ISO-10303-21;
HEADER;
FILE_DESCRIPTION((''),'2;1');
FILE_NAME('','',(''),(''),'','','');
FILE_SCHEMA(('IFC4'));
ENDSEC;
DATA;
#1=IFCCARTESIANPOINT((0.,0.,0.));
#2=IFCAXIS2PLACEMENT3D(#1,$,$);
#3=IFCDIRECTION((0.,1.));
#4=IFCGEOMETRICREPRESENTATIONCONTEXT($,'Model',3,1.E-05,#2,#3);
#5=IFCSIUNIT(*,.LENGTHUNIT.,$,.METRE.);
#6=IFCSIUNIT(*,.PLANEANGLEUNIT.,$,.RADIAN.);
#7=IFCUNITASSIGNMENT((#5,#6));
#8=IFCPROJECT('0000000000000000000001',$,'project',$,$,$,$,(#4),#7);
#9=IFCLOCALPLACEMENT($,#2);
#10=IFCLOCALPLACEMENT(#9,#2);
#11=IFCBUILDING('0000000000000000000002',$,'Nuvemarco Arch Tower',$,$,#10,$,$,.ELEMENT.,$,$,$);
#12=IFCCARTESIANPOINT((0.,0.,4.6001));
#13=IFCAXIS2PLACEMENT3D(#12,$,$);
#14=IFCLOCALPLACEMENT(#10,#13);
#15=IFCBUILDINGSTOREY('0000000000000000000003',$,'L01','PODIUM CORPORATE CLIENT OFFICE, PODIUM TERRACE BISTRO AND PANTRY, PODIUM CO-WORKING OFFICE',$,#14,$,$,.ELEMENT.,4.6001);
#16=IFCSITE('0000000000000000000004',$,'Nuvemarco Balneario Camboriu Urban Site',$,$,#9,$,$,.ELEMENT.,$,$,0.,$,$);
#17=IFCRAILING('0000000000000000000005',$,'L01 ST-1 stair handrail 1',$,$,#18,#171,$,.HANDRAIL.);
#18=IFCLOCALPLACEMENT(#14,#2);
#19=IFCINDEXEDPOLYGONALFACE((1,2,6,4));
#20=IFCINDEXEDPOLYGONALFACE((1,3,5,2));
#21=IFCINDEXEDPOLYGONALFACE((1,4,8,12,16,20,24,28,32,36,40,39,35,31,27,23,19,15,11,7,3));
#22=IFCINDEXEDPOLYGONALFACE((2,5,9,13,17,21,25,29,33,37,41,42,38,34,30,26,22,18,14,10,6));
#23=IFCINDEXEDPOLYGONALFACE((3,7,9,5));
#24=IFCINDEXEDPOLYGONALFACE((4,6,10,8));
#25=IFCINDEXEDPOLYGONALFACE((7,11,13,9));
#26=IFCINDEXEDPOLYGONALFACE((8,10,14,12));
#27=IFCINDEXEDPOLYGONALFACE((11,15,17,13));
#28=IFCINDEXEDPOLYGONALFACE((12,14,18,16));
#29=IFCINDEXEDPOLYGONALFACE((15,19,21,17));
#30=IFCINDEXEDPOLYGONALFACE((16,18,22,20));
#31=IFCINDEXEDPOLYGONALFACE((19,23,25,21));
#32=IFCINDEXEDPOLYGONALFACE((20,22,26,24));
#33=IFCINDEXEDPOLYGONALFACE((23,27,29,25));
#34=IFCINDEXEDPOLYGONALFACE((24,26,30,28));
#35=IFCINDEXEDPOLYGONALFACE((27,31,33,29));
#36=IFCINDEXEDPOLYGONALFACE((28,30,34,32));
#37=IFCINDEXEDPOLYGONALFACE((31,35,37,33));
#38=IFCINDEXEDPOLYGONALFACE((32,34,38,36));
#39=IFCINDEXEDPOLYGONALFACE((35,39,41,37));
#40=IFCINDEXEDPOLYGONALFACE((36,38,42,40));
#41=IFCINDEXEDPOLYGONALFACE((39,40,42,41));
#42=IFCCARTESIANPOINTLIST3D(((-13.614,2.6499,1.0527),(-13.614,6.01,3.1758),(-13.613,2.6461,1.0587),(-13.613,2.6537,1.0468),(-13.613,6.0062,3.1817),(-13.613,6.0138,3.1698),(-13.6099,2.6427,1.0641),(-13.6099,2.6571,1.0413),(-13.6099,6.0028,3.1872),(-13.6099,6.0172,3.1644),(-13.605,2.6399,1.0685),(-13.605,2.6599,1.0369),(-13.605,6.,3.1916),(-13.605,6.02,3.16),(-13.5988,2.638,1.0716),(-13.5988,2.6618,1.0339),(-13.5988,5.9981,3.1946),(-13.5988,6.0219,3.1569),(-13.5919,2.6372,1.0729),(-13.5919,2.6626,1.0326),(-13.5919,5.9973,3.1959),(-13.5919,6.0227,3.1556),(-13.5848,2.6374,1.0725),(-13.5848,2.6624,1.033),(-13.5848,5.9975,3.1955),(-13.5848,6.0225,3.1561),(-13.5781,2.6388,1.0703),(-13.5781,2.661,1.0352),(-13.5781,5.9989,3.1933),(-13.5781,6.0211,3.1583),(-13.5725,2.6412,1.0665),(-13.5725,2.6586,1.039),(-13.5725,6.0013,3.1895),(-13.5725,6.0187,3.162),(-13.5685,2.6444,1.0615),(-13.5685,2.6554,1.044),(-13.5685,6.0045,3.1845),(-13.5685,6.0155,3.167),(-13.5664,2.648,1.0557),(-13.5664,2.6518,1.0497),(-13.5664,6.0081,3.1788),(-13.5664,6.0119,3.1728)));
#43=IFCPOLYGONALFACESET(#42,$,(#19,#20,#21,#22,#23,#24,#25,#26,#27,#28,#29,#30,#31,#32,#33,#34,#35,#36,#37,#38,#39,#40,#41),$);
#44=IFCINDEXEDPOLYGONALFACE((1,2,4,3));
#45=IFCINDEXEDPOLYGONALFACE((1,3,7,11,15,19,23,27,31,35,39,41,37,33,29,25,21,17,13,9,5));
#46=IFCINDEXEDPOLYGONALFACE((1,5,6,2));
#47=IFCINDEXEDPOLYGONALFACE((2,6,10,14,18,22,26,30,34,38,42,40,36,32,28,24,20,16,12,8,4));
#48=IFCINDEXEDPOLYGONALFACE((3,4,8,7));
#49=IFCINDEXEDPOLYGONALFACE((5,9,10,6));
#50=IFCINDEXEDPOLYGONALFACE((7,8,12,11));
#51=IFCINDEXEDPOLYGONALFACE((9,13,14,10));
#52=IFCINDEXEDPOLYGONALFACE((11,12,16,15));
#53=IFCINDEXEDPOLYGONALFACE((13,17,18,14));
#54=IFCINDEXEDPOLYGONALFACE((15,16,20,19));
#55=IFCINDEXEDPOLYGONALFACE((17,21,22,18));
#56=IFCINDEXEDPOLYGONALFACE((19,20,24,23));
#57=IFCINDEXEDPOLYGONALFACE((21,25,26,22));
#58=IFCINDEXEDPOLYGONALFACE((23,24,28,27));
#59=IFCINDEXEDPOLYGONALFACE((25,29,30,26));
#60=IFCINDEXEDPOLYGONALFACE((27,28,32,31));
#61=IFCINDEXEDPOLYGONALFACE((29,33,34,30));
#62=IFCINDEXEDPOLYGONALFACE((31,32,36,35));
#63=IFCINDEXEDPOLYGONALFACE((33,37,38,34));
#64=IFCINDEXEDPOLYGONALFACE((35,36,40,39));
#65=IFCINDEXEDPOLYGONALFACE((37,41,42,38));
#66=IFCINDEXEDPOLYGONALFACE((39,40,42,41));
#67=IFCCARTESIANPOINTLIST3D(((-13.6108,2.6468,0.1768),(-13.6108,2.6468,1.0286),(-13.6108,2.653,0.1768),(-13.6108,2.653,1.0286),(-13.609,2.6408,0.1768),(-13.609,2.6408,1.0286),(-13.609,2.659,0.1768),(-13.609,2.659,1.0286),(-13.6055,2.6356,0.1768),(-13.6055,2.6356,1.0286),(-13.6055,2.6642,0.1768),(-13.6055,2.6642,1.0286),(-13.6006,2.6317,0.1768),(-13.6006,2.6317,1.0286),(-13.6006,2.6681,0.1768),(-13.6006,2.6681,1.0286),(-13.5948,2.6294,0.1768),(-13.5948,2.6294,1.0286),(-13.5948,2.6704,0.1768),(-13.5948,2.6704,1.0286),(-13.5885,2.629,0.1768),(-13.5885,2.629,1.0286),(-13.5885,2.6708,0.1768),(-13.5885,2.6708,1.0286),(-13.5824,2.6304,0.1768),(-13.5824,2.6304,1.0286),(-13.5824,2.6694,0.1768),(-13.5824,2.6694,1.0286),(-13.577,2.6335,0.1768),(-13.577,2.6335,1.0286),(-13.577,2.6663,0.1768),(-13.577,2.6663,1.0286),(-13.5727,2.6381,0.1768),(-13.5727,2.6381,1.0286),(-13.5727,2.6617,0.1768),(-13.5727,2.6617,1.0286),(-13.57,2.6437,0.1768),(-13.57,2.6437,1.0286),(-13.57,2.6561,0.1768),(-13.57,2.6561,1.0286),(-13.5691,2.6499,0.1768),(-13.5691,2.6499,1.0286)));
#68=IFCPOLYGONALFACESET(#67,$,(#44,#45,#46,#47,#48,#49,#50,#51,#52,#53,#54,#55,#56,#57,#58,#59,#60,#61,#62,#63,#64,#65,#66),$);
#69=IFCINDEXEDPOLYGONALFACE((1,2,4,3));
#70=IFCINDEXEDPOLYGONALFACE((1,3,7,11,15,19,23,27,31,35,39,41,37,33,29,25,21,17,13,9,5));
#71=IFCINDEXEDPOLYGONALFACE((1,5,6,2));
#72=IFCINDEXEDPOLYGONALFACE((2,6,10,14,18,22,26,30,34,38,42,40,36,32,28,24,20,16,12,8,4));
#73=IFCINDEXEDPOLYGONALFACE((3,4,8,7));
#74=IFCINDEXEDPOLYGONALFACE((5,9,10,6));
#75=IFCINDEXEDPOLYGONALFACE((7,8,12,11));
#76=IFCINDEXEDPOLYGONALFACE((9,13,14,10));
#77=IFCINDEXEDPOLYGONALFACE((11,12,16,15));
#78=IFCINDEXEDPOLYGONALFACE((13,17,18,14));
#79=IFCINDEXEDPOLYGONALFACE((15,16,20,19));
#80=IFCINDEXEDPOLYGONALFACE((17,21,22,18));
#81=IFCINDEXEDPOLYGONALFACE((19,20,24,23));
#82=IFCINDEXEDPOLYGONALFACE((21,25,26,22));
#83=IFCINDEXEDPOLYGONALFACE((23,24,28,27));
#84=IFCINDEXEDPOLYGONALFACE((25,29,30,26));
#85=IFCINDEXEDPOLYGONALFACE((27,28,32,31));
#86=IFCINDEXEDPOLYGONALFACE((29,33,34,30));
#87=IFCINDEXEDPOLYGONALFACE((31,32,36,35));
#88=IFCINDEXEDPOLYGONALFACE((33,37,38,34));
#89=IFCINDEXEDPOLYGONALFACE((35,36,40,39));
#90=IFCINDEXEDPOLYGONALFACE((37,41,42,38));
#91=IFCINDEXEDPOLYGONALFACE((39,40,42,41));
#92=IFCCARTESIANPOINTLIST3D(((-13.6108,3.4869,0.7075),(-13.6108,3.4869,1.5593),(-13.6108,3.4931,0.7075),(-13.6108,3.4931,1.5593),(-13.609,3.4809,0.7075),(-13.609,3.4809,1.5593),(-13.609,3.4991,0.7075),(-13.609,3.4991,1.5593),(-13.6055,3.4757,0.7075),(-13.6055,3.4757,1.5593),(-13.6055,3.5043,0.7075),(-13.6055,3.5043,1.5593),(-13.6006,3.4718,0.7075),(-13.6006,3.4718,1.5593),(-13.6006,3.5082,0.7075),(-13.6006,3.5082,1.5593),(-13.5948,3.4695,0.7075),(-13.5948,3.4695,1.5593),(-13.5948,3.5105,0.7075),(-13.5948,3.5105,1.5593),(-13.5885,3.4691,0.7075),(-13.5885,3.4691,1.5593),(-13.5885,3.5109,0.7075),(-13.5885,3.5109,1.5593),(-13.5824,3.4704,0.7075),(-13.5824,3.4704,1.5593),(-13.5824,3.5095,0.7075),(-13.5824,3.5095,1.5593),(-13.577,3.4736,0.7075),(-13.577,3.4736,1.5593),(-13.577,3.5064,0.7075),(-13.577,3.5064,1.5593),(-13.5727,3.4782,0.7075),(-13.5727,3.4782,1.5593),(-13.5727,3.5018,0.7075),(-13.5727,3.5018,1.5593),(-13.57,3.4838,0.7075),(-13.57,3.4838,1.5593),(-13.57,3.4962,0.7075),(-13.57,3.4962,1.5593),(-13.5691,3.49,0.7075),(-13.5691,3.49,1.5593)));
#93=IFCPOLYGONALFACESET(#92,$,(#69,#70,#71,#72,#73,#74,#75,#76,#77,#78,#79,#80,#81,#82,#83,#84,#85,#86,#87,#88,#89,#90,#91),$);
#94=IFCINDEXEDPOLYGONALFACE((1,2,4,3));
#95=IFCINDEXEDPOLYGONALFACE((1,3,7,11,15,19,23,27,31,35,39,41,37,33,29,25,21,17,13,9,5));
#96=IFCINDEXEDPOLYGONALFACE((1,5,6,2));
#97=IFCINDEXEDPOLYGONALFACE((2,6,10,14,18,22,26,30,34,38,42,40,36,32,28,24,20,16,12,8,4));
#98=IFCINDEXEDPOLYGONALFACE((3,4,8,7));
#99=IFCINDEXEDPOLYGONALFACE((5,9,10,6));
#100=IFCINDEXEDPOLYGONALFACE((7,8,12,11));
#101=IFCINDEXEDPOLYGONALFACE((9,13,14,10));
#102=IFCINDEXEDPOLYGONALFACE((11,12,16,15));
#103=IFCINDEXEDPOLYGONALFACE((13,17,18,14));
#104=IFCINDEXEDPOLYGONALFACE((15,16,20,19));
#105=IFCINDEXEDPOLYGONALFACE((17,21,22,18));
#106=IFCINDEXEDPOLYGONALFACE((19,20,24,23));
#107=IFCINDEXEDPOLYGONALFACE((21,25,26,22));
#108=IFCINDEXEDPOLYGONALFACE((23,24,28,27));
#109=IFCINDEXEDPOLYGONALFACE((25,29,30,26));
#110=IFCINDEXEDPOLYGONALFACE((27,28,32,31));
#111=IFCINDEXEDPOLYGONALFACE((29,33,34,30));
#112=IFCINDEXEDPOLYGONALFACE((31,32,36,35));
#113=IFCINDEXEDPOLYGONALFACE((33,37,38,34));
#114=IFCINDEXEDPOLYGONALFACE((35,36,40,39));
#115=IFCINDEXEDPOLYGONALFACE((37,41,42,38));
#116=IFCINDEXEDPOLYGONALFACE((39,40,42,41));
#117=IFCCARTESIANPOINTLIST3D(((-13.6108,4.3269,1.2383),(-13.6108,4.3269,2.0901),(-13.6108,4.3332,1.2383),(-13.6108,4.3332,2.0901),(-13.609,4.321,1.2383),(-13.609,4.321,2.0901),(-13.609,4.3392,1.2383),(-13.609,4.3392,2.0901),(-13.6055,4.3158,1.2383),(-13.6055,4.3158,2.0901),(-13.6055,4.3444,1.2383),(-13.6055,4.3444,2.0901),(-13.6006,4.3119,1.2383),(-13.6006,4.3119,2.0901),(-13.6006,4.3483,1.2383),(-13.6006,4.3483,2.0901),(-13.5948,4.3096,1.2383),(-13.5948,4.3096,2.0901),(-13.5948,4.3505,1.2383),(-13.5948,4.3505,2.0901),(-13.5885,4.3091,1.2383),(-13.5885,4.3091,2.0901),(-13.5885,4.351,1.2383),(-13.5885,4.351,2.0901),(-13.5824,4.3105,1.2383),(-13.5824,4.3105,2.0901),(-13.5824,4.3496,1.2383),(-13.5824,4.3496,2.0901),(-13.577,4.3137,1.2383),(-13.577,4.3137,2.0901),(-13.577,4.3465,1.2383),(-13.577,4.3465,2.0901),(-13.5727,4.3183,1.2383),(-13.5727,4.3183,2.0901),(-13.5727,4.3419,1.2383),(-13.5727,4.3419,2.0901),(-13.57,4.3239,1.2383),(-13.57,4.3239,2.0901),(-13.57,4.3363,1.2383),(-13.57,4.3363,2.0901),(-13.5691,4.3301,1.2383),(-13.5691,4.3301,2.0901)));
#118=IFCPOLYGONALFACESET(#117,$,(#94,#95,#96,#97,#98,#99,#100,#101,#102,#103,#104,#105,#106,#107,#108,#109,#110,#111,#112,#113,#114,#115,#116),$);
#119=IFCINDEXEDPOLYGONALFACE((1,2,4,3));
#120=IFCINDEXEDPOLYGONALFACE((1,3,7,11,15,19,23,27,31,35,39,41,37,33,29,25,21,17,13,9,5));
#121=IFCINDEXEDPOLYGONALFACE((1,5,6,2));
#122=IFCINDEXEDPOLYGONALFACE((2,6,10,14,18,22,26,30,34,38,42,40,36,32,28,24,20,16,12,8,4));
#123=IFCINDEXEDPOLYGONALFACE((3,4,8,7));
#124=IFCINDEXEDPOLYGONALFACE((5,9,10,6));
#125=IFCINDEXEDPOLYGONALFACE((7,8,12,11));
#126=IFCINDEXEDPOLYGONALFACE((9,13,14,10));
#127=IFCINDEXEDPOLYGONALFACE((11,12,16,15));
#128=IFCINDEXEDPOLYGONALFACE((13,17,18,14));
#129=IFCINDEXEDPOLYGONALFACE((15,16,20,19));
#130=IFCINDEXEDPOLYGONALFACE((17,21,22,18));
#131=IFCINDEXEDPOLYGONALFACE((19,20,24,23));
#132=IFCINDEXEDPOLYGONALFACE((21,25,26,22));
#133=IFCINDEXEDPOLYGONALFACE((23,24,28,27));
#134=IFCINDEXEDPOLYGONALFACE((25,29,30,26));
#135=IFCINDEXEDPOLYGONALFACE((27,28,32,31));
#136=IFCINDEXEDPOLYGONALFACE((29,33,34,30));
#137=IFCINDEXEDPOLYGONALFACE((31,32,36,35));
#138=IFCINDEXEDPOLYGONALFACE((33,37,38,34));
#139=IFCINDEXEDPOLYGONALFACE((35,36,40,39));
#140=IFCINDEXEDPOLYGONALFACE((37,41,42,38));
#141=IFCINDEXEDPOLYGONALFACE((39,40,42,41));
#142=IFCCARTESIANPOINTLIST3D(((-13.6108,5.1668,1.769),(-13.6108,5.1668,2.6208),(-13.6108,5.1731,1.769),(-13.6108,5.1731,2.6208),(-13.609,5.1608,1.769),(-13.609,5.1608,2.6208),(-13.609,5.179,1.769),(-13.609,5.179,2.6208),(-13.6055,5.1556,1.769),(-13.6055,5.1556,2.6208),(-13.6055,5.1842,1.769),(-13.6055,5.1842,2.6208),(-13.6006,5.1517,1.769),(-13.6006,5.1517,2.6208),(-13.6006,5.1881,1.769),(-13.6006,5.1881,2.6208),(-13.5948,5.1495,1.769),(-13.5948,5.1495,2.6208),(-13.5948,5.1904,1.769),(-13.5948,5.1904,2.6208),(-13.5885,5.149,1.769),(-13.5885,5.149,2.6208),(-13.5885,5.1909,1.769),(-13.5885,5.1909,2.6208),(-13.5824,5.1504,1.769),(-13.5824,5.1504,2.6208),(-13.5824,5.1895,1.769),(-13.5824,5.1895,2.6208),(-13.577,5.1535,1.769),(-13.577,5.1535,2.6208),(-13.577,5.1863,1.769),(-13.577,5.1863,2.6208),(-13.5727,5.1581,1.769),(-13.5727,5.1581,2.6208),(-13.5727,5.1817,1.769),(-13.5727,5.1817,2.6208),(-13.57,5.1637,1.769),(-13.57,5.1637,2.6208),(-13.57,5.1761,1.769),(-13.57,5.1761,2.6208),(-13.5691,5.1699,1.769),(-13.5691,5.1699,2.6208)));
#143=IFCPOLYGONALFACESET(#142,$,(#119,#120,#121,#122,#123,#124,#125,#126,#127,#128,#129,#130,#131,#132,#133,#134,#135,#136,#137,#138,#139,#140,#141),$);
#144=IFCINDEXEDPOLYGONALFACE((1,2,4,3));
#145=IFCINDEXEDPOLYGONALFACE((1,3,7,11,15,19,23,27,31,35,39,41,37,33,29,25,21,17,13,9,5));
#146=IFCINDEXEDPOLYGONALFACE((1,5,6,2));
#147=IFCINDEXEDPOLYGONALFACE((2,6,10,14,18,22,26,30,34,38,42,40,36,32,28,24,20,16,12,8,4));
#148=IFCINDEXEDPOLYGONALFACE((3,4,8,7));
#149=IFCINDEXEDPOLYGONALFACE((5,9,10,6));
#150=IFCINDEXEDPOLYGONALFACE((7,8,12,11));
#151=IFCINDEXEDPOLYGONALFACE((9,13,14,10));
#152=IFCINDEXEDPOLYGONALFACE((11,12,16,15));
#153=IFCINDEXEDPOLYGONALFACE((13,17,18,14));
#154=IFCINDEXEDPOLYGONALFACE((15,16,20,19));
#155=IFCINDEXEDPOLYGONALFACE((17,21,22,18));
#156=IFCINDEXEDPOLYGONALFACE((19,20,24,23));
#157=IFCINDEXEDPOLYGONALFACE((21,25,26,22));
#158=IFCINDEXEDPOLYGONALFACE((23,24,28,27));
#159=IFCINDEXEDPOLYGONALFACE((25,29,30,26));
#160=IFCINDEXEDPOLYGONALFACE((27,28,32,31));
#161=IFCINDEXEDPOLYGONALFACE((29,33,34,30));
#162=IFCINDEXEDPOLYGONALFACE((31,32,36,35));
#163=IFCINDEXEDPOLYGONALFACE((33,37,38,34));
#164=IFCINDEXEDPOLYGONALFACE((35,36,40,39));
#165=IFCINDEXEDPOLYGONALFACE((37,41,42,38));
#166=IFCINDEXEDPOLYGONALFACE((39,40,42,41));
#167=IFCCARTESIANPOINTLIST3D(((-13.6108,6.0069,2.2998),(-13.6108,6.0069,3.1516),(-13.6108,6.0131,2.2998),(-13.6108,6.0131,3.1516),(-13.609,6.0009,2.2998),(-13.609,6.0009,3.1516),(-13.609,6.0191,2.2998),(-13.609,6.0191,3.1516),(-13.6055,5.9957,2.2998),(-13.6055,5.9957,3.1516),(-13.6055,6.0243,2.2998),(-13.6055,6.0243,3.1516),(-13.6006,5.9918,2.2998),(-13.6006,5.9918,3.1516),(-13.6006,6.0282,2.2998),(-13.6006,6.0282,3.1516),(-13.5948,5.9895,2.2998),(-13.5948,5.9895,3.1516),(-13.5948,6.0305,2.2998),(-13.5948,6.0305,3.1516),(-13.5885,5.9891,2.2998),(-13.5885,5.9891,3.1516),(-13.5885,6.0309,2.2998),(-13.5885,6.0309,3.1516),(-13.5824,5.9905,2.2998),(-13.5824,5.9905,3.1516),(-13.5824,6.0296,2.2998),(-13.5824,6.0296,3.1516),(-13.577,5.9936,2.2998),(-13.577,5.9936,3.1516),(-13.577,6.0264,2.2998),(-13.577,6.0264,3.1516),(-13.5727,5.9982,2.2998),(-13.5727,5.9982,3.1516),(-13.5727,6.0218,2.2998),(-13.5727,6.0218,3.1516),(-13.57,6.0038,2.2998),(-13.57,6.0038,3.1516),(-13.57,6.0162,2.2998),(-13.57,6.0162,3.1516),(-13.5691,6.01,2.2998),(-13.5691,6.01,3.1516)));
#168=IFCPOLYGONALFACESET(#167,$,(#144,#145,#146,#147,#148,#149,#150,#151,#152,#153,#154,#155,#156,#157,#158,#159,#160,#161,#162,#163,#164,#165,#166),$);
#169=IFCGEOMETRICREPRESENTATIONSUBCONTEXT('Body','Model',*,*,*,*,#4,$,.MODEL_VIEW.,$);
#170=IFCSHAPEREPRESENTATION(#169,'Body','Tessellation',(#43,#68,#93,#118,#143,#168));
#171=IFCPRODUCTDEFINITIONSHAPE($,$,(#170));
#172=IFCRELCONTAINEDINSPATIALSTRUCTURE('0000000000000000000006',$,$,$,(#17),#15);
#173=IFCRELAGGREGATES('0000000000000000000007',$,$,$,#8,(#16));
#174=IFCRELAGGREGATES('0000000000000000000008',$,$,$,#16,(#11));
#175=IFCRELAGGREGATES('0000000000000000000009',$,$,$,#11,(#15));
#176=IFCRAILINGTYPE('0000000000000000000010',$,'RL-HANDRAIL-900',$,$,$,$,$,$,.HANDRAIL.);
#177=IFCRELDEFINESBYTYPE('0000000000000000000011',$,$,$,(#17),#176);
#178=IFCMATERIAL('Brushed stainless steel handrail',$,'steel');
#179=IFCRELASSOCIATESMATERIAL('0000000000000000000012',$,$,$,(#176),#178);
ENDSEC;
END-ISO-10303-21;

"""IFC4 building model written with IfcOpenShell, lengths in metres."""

from ifc_helpers import new_model, si_unit, direction, frame, origin, origin_2d, place, context, subcontext, project, spatial, circle, extrude, material, type_object, element, save


model = new_model("IFC4")

# Units and contexts
model_context = context("Model", 3, precision=1e-05, world=origin(), true_north=direction((0.0, 1.0)))
body_context = subcontext(model_context, "Body", "Model", "MODEL_VIEW")
ifc_project = project(units=[si_unit("LENGTHUNIT", "METRE"), si_unit("PLANEANGLEUNIT", "RADIAN")], contexts=[model_context])

# Site, building, storey
site_placement = place(None, origin())
site = spatial("IfcSite", under=ifc_project, at=site_placement, Name="Nuvemarco Balneario Camboriu Urban Site", CompositionType="ELEMENT", RefElevation=0.0)
building_placement = place(site_placement, origin())
building = spatial("IfcBuilding", under=site, at=building_placement, Name="Nuvemarco Arch Tower", CompositionType="ELEMENT")
storey_placement = place(building_placement, frame((0.0, 0.0, 4.6001)))
storey = spatial("IfcBuildingStorey", under=building, at=storey_placement, Name="L01", Description="PODIUM CORPORATE CLIENT OFFICE, PODIUM TERRACE BISTRO AND PANTRY, PODIUM CO-WORKING OFFICE", CompositionType="ELEMENT", Elevation=4.6001)

# Railing
ifc_material_1 = material(Name="Brushed stainless steel handrail", Category="steel")
railing_type_1 = type_object("IfcRailingType", Name="RL-HANDRAIL-900", PredefinedType="HANDRAIL", material=ifc_material_1)
railing_1_placement = place(storey_placement, frame((-13.5901, 2.6499, 0.1768)))
element("IfcRailing", 1, at=railing_1_placement, inside=storey, type_object=railing_type_1, Name="L01 ST-1 stair handrail 1", PredefinedType="HANDRAIL", context=body_context, shape_type="SweptSolid", body=[
    extrude(circle(Radius=0.0239, at=origin_2d()), frame((0.0, 0.0, 0.876), z_axis=(0.0, 0.84539, 0.53415), x_axis=(-1.0, 0.0, 0.0)), (0.0, 0.0, 1.0), 3.9746),
    extrude(circle(Radius=0.021, at=origin_2d()), origin(), (0.0, 0.0, 1.0), 0.8518),
    extrude(circle(Radius=0.021, at=origin_2d()), frame((0.0, 0.8401, 0.5308)), (0.0, 0.0, 1.0), 0.8518),
    extrude(circle(Radius=0.021, at=origin_2d()), frame((0.0, 1.6802, 1.0615)), (0.0, 0.0, 1.0), 0.8518),
    extrude(circle(Radius=0.021, at=origin_2d()), frame((0.0, 2.52, 1.5923)), (0.0, 0.0, 1.0), 0.8518),
    extrude(circle(Radius=0.021, at=origin_2d()), frame((0.0, 3.3601, 2.123)), (0.0, 0.0, 1.0), 0.8518),
])

save(model, "model.ifc")
